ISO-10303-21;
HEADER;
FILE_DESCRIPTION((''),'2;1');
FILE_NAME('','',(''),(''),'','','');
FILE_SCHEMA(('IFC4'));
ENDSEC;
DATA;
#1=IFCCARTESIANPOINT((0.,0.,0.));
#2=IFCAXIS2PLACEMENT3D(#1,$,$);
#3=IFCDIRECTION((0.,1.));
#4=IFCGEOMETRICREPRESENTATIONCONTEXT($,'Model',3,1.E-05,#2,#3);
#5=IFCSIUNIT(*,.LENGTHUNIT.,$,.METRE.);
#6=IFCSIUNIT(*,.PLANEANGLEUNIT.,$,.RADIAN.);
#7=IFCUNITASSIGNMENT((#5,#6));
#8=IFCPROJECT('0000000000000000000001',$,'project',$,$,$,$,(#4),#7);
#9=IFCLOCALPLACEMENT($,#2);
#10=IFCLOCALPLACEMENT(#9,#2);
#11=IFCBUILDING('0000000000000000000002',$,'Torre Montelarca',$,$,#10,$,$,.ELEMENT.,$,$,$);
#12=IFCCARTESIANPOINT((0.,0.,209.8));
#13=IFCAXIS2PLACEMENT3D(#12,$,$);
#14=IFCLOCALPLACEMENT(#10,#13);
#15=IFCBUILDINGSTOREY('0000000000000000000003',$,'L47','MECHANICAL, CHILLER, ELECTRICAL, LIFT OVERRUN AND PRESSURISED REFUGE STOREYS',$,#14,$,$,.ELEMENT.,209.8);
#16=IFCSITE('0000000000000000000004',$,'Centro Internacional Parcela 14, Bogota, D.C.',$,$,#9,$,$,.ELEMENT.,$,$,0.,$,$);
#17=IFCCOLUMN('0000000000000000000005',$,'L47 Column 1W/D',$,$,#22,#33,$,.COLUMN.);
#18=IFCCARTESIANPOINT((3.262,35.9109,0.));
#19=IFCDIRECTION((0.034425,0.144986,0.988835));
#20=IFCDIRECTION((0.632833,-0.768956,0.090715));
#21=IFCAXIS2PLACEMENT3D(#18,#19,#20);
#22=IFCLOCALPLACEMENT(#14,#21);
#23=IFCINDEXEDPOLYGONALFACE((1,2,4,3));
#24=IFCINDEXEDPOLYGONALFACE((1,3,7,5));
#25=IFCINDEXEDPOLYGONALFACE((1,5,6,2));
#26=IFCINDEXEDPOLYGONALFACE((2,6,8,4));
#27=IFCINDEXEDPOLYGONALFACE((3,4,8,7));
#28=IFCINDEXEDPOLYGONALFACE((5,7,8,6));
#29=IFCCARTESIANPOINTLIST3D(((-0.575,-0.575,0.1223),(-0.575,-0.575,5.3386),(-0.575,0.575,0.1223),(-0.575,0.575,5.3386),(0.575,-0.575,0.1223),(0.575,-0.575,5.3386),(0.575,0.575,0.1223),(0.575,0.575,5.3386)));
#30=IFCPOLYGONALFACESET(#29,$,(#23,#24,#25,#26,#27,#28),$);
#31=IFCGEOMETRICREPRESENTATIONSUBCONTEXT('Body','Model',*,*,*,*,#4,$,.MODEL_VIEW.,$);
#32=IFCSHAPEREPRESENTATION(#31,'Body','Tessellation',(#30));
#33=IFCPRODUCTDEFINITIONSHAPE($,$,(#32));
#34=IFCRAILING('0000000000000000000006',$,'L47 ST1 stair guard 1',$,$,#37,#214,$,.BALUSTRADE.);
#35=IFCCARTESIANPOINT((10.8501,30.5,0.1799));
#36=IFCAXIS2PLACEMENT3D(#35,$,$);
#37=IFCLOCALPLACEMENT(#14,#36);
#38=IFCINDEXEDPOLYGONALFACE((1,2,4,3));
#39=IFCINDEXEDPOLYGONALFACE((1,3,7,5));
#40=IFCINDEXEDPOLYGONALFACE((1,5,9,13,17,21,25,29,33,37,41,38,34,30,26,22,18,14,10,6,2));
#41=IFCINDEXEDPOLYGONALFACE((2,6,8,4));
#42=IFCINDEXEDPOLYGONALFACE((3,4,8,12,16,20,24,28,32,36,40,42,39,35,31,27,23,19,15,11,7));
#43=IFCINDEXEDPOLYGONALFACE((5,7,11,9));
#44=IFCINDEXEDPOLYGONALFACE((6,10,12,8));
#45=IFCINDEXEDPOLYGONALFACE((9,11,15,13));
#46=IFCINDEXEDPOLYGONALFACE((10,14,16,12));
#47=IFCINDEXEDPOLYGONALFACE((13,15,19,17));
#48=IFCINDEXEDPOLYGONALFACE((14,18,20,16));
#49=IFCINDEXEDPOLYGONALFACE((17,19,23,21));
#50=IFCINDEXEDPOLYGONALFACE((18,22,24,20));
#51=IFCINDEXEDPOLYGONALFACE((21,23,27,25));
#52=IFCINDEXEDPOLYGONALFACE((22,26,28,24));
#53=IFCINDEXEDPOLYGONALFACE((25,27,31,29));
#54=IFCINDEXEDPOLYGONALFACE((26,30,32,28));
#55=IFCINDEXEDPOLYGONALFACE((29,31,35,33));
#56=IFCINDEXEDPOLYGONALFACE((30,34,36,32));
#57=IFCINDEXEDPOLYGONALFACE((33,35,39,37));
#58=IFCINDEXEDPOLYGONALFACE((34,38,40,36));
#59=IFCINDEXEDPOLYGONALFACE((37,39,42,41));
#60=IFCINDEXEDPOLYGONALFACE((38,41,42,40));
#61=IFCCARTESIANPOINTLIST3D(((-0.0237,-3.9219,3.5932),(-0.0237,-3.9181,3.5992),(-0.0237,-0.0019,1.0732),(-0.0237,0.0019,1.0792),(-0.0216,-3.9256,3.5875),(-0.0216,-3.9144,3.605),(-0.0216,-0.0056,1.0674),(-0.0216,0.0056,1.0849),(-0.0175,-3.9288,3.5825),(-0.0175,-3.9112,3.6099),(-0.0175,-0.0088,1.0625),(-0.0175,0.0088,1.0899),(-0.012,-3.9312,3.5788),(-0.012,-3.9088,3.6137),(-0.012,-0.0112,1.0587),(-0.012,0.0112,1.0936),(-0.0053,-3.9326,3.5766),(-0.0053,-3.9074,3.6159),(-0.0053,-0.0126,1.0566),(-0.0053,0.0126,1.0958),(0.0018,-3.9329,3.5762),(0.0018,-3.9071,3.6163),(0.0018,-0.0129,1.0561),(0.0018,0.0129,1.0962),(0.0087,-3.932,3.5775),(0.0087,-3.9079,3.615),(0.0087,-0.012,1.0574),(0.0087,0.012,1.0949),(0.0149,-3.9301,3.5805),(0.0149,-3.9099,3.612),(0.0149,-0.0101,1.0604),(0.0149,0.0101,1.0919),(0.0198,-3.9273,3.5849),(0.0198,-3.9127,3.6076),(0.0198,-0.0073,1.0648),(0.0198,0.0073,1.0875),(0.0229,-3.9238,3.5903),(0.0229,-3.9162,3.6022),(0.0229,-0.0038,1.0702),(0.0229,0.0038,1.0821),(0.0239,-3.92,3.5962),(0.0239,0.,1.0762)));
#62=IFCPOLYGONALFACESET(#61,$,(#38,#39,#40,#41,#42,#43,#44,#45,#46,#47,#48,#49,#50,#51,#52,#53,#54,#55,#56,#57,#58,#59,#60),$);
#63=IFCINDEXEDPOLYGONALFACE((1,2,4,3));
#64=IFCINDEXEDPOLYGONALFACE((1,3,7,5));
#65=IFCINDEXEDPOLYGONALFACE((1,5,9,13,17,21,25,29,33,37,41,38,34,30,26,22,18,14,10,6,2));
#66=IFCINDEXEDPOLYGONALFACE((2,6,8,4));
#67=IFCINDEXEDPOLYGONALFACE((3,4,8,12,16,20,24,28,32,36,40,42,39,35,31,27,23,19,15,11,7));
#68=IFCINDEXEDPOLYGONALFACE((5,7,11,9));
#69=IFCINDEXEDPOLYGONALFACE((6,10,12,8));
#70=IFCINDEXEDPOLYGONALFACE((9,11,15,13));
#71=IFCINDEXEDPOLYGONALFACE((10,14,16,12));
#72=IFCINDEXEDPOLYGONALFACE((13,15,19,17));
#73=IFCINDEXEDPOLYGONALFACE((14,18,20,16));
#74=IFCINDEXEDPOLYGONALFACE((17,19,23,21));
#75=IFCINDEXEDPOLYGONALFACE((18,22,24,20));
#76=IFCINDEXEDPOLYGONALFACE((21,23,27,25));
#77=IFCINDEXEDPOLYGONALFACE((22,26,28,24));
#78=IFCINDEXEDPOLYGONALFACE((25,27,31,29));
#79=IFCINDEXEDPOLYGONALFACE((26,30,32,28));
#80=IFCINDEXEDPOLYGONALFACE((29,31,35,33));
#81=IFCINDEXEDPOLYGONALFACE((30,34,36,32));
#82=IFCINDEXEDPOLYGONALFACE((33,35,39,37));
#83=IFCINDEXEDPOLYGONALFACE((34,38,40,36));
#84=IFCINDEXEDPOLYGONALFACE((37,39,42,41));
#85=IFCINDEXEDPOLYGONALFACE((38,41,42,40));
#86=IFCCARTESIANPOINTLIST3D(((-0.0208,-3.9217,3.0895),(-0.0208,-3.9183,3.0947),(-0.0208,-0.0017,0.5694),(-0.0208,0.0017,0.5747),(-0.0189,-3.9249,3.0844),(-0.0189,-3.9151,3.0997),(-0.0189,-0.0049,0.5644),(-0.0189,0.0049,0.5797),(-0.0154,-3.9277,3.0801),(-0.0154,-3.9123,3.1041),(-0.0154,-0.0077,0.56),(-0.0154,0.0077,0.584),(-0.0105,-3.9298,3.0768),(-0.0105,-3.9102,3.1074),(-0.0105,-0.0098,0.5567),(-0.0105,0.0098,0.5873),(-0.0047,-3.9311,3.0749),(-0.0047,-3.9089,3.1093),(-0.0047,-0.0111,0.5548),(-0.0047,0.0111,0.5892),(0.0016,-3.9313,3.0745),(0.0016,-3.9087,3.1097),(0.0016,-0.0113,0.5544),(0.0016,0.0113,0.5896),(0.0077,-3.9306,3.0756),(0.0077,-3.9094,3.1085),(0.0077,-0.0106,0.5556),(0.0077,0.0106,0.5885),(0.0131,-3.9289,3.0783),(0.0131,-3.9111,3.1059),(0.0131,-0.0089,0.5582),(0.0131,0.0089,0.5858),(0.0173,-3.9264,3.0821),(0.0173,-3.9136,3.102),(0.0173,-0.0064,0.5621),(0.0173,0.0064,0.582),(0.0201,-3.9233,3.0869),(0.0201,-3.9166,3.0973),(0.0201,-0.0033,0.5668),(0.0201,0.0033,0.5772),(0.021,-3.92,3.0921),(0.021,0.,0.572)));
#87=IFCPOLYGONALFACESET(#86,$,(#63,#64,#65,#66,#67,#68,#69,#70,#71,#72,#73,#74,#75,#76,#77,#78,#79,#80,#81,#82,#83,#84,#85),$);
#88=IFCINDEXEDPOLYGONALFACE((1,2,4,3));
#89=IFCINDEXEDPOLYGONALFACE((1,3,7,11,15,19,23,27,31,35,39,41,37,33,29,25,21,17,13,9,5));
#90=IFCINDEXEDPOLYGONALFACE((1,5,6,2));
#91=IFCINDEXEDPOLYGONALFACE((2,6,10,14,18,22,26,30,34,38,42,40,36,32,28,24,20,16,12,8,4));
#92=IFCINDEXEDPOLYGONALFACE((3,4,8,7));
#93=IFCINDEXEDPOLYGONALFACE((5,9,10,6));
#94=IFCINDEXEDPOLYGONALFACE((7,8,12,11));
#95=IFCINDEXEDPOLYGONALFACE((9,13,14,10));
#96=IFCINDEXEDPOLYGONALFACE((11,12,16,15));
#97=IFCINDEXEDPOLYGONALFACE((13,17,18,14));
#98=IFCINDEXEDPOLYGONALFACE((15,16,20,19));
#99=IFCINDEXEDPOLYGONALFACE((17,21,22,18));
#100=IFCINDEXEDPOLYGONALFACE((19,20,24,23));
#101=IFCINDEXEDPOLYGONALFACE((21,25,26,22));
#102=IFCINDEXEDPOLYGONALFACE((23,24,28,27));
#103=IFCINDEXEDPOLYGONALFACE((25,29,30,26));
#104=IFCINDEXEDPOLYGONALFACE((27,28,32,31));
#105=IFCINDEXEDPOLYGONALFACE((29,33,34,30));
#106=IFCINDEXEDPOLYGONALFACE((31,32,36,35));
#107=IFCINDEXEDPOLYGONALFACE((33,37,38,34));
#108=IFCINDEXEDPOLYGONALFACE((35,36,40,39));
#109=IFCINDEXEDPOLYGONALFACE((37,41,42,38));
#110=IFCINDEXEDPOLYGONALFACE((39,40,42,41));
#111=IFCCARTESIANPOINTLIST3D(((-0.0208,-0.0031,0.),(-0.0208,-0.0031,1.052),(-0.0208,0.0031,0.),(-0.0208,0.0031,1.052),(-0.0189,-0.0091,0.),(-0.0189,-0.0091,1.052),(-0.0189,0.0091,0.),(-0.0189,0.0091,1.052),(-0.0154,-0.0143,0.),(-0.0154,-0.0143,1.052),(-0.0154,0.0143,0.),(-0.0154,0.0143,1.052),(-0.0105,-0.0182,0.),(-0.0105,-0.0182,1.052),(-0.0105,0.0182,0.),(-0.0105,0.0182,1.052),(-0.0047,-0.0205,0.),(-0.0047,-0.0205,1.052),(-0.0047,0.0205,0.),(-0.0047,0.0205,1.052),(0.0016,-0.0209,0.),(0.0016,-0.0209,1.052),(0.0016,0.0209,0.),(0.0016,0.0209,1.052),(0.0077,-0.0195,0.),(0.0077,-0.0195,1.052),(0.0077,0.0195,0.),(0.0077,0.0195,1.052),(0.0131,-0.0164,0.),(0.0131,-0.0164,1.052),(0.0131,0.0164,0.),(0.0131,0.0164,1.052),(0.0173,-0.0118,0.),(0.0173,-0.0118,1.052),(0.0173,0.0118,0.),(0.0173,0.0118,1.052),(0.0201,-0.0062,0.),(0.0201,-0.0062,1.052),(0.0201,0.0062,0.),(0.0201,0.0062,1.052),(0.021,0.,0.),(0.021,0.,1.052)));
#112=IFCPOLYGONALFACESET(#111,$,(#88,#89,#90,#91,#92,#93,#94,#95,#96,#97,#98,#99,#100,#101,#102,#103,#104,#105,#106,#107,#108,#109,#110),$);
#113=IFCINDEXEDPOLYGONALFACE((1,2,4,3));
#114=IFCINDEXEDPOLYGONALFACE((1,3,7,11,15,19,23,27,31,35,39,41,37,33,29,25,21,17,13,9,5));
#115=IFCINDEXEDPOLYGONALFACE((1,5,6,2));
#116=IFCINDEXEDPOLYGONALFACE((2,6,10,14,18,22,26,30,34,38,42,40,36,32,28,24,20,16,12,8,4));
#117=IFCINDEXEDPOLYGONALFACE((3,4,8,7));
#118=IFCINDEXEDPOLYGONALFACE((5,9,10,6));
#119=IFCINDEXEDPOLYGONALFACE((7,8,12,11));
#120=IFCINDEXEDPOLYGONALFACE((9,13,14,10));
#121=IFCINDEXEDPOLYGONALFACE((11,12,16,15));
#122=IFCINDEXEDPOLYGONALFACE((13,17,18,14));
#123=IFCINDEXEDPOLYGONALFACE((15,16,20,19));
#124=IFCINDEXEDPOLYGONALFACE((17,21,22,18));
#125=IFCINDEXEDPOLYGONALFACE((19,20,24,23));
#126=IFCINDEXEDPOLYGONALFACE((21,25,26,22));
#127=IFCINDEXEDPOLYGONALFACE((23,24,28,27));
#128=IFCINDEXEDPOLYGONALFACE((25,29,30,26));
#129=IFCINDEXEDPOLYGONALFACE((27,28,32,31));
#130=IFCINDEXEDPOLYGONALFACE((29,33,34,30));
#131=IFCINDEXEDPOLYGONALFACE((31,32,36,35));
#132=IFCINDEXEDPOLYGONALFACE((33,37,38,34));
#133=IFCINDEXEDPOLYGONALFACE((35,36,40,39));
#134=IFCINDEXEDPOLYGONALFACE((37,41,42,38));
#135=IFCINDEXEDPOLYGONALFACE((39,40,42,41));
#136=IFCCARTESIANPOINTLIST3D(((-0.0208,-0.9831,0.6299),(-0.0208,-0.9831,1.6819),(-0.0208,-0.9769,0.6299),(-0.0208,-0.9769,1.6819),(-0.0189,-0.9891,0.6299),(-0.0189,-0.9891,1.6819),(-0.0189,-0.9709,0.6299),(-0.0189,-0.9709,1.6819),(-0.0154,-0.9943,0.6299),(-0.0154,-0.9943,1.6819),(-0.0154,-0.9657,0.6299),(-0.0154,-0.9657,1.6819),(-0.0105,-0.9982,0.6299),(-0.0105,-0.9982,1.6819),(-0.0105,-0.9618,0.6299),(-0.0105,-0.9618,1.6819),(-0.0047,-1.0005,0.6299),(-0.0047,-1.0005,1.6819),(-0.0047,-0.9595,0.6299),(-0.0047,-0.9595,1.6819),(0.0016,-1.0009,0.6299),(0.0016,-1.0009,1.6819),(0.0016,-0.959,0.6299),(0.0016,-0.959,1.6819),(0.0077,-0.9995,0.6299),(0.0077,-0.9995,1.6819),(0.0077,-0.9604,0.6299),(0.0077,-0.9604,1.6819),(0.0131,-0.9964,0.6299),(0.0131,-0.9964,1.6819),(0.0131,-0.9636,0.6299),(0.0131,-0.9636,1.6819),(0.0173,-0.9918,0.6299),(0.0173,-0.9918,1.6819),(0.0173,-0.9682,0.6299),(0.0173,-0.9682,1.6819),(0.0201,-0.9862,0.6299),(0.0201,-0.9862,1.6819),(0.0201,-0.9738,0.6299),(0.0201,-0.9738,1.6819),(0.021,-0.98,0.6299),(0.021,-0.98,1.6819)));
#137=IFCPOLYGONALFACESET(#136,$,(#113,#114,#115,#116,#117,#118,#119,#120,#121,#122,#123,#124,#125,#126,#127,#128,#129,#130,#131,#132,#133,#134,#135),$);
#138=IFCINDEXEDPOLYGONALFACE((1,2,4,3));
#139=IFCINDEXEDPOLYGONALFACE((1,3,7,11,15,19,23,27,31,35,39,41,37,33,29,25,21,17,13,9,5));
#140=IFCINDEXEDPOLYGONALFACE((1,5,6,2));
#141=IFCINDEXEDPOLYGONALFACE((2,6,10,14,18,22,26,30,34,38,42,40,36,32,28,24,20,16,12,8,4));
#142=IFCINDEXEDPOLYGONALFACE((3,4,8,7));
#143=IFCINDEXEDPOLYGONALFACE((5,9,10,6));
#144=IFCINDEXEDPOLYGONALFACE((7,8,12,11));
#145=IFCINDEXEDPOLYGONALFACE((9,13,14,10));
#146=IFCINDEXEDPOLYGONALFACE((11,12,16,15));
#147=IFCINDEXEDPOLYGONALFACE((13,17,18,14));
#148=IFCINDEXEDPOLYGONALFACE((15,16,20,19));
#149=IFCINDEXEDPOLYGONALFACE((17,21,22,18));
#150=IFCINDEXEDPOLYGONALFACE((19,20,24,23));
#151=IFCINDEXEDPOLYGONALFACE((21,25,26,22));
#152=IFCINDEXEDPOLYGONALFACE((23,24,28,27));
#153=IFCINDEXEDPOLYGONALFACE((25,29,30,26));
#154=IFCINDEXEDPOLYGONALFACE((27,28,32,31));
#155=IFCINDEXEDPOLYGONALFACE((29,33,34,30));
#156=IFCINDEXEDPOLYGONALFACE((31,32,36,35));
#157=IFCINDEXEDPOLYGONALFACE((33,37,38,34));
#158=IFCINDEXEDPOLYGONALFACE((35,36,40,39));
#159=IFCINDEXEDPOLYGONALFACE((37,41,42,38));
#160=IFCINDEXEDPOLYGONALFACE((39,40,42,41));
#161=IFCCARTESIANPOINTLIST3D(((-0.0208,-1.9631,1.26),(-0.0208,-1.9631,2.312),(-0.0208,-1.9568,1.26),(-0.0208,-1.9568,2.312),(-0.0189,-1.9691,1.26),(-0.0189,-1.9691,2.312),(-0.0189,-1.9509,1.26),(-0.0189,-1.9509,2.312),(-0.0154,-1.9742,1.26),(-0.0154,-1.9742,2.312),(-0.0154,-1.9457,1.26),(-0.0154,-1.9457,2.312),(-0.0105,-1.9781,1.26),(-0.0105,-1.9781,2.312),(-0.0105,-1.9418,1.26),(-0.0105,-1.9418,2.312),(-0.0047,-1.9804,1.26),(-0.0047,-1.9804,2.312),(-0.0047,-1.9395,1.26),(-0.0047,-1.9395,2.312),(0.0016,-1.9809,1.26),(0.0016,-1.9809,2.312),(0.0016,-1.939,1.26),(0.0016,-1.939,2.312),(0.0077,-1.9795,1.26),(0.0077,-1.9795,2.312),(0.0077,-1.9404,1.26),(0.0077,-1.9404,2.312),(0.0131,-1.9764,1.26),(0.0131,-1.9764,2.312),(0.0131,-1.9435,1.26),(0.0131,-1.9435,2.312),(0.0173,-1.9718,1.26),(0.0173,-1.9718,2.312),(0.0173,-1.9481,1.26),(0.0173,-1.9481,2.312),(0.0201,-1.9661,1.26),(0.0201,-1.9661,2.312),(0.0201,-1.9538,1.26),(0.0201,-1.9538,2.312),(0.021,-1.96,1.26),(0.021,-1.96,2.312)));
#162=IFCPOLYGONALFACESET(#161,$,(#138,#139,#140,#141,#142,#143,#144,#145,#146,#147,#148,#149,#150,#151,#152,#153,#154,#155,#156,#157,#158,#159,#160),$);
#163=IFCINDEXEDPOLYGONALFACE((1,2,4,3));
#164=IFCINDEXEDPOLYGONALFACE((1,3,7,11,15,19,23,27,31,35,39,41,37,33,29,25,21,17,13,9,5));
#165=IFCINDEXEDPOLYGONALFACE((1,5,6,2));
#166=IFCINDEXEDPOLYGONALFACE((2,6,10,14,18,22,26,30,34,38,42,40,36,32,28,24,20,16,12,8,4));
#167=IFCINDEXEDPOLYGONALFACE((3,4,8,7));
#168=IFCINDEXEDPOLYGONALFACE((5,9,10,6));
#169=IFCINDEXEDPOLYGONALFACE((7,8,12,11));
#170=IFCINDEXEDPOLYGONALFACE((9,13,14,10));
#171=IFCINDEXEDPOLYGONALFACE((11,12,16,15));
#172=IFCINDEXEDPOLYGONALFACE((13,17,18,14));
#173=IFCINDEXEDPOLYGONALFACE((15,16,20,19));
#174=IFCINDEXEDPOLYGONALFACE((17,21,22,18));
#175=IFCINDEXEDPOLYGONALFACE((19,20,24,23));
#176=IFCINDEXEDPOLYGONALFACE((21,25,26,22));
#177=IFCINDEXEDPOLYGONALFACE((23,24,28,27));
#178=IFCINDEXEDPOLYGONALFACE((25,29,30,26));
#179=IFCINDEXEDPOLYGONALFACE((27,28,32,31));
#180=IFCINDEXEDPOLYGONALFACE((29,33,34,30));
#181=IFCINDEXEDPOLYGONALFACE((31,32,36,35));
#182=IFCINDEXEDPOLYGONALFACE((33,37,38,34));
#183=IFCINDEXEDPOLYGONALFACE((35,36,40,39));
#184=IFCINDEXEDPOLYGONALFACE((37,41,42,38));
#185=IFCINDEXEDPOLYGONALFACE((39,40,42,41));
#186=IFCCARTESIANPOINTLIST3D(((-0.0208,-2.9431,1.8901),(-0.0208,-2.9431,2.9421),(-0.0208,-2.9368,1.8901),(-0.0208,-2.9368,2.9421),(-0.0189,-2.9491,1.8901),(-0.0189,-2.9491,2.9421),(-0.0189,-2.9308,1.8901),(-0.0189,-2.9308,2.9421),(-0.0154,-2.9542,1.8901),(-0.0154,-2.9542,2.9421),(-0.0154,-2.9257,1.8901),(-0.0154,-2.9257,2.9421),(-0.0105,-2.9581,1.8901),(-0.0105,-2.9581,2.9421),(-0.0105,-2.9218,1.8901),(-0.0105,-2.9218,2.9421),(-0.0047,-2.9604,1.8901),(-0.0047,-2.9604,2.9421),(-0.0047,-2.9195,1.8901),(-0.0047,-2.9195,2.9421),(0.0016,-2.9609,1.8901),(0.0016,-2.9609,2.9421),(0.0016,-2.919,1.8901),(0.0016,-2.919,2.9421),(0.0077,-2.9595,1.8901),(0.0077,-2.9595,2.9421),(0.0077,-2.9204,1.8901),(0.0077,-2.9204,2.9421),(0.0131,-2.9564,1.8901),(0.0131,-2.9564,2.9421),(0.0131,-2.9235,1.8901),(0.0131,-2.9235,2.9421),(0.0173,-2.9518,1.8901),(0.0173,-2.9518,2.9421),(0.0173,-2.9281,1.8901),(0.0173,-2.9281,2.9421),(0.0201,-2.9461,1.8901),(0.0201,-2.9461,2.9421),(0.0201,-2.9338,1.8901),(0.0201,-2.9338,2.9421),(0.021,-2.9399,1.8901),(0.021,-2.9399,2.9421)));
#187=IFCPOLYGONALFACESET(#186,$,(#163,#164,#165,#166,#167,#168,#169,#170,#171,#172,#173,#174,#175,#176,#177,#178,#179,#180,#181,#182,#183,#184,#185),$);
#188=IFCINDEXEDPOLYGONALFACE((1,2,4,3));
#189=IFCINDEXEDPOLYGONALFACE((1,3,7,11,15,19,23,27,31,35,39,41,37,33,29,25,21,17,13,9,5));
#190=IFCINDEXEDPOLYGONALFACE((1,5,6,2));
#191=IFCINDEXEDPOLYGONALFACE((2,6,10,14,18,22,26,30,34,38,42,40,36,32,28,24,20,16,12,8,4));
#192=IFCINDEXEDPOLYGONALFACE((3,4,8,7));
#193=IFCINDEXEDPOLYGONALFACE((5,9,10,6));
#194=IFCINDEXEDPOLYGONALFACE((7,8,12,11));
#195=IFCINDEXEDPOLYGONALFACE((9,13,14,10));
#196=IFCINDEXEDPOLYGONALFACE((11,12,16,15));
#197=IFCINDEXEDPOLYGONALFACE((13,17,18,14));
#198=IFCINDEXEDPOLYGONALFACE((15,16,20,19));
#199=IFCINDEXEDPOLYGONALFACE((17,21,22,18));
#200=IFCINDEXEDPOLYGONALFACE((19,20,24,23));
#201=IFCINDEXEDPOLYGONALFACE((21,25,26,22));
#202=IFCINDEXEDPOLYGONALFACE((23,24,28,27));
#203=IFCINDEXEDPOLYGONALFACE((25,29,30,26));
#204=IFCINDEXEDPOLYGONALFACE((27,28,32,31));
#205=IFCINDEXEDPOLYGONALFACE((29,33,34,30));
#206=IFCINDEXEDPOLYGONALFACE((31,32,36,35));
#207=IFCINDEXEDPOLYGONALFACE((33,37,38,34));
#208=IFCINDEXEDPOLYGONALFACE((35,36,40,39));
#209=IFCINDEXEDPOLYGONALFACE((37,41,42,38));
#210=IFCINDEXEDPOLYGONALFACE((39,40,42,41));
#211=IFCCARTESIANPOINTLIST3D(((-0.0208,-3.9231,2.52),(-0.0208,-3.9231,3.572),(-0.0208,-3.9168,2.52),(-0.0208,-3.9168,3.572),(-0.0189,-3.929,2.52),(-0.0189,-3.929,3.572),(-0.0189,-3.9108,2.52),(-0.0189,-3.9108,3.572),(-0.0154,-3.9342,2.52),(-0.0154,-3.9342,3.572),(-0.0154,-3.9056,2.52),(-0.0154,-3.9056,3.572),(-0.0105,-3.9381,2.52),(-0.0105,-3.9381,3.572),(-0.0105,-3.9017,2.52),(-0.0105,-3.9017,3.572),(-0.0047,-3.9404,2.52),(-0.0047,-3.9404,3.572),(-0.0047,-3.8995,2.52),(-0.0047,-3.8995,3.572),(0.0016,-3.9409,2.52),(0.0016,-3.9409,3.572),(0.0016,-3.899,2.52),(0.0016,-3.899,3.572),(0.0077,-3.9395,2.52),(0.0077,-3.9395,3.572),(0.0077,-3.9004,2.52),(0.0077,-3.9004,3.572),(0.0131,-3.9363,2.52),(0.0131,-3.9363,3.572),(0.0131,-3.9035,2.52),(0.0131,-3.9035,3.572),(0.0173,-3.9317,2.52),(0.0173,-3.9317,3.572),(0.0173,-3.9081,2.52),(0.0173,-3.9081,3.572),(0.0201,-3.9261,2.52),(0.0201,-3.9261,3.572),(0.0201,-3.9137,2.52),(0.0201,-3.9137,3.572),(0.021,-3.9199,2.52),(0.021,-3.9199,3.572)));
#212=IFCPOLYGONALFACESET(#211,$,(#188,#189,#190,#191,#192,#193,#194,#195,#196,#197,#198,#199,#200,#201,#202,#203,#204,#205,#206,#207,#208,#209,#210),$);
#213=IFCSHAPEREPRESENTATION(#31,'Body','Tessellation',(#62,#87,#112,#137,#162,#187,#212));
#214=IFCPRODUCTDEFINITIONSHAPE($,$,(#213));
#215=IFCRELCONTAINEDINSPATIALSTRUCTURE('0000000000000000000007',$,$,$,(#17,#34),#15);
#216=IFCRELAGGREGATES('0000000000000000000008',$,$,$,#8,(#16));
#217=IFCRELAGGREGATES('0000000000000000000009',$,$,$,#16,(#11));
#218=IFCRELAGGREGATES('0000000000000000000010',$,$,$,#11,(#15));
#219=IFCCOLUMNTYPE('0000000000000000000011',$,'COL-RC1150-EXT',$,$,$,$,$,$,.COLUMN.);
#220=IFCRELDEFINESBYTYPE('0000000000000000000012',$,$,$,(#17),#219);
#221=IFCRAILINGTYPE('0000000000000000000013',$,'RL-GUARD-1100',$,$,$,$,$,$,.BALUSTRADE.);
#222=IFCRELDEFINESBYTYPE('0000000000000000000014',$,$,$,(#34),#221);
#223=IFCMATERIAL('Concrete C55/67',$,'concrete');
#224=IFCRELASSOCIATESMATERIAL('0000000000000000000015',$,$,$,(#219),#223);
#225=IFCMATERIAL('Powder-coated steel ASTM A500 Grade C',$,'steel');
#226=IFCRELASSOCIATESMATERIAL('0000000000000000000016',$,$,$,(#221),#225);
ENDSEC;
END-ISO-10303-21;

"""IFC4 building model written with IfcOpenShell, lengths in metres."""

from ifc_helpers import new_model, si_unit, direction, frame, origin, origin_2d, place, context, subcontext, project, spatial, rectangle, circle, extrude, clip, halfspace, material, material_profile, profile_set, type_object, element, save


model = new_model("IFC4")

# Units and contexts
model_context = context("Model", 3, precision=1e-05, world=origin(), true_north=direction((0.0, 1.0)))
body_context = subcontext(model_context, "Body", "Model", "MODEL_VIEW")
ifc_project = project(units=[si_unit("LENGTHUNIT", "METRE"), si_unit("PLANEANGLEUNIT", "RADIAN")], contexts=[model_context])

# Site, building, storey
site_placement = place(None, origin())
site = spatial("IfcSite", under=ifc_project, at=site_placement, Name="Centro Internacional Parcela 14, Bogota, D.C.", CompositionType="ELEMENT", RefElevation=0.0)
building_placement = place(site_placement, origin())
building = spatial("IfcBuilding", under=site, at=building_placement, Name="Torre Montelarca", CompositionType="ELEMENT")
storey_placement = place(building_placement, frame((0.0, 0.0, 209.8)))
storey = spatial("IfcBuildingStorey", under=building, at=storey_placement, Name="L47", Description="MECHANICAL, CHILLER, ELECTRICAL, LIFT OVERRUN AND PRESSURISED REFUGE STOREYS", CompositionType="ELEMENT", Elevation=209.8)

# Column
ifc_material_1 = material(Name="Concrete C55/67", Category="concrete")
ifc_material_profile_1 = material_profile(ifc_material_1, rectangle(XDim=1.1499, YDim=1.1499, at=origin_2d()), Name="RC1150X1150", Category="concrete")
ifc_profile_set_1 = profile_set([ifc_material_profile_1], Name="Concrete C55/67")
column_type = type_object("IfcColumnType", Name="COL-RC1150-EXT", PredefinedType="COLUMN", material=ifc_profile_set_1)
column_placement = place(storey_placement, frame((3.262, 35.9109, 0.0), z_axis=(0.034425, 0.144986, 0.988835), x_axis=(0.632833, -0.768956, 0.090715)))
element("IfcColumn", 1, at=column_placement, inside=storey, type_object=column_type, Name="L47 Column 1W/D", PredefinedType="COLUMN", context=body_context, shape_type="Clipping", body=[
    clip(clip(extrude(rectangle(XDim=1.1499, YDim=1.1499, at=origin_2d()), origin(), (0.0, 0.0, 1.0), 5.4609), halfspace(frame((0.0, 0.0, 0.1223), z_axis=(0.0, 0.0, -1.0), x_axis=(1.0, 0.0, 0.0)), False)), halfspace(frame((0.0, 0.0, 5.3386), z_axis=(0.0, 0.0, 1.0), x_axis=(1.0, 0.0, 0.0)), False)),
])

# Railing
ifc_material_2 = material(Name="Powder-coated steel ASTM A500 Grade C", Category="steel")
railing_type_1 = type_object("IfcRailingType", Name="RL-GUARD-1100", PredefinedType="BALUSTRADE", material=ifc_material_2)
railing_1_placement = place(storey_placement, frame((10.8501, 30.5, 0.1799)))
element("IfcRailing", 2, at=railing_1_placement, inside=storey, type_object=railing_type_1, Name="L47 ST1 stair guard 1", PredefinedType="BALUSTRADE", context=body_context, shape_type="SweptSolid", body=[
    extrude(circle(Radius=0.0239, at=origin_2d()), frame((0.0, 0.0, 1.0762), z_axis=(0.0, -0.841172, 0.540768), x_axis=(1.0, 0.0, 0.0)), (0.0, 0.0, 1.0), 4.6602),
    extrude(circle(Radius=0.021, at=origin_2d()), frame((0.0, 0.0, 0.572), z_axis=(0.0, -0.841172, 0.540768), x_axis=(1.0, 0.0, 0.0)), (0.0, 0.0, 1.0), 4.6602),
    extrude(circle(Radius=0.021, at=origin_2d()), origin(), (0.0, 0.0, 1.0), 1.052),
    extrude(circle(Radius=0.021, at=origin_2d()), frame((0.0, -0.98, 0.6299)), (0.0, 0.0, 1.0), 1.052),
    extrude(circle(Radius=0.021, at=origin_2d()), frame((0.0, -1.96, 1.26)), (0.0, 0.0, 1.0), 1.052),
    extrude(circle(Radius=0.021, at=origin_2d()), frame((0.0, -2.9399, 1.8901)), (0.0, 0.0, 1.0), 1.052),
    extrude(circle(Radius=0.021, at=origin_2d()), frame((0.0, -3.9199, 2.52)), (0.0, 0.0, 1.0), 1.052),
])

save(model, "model.ifc")
